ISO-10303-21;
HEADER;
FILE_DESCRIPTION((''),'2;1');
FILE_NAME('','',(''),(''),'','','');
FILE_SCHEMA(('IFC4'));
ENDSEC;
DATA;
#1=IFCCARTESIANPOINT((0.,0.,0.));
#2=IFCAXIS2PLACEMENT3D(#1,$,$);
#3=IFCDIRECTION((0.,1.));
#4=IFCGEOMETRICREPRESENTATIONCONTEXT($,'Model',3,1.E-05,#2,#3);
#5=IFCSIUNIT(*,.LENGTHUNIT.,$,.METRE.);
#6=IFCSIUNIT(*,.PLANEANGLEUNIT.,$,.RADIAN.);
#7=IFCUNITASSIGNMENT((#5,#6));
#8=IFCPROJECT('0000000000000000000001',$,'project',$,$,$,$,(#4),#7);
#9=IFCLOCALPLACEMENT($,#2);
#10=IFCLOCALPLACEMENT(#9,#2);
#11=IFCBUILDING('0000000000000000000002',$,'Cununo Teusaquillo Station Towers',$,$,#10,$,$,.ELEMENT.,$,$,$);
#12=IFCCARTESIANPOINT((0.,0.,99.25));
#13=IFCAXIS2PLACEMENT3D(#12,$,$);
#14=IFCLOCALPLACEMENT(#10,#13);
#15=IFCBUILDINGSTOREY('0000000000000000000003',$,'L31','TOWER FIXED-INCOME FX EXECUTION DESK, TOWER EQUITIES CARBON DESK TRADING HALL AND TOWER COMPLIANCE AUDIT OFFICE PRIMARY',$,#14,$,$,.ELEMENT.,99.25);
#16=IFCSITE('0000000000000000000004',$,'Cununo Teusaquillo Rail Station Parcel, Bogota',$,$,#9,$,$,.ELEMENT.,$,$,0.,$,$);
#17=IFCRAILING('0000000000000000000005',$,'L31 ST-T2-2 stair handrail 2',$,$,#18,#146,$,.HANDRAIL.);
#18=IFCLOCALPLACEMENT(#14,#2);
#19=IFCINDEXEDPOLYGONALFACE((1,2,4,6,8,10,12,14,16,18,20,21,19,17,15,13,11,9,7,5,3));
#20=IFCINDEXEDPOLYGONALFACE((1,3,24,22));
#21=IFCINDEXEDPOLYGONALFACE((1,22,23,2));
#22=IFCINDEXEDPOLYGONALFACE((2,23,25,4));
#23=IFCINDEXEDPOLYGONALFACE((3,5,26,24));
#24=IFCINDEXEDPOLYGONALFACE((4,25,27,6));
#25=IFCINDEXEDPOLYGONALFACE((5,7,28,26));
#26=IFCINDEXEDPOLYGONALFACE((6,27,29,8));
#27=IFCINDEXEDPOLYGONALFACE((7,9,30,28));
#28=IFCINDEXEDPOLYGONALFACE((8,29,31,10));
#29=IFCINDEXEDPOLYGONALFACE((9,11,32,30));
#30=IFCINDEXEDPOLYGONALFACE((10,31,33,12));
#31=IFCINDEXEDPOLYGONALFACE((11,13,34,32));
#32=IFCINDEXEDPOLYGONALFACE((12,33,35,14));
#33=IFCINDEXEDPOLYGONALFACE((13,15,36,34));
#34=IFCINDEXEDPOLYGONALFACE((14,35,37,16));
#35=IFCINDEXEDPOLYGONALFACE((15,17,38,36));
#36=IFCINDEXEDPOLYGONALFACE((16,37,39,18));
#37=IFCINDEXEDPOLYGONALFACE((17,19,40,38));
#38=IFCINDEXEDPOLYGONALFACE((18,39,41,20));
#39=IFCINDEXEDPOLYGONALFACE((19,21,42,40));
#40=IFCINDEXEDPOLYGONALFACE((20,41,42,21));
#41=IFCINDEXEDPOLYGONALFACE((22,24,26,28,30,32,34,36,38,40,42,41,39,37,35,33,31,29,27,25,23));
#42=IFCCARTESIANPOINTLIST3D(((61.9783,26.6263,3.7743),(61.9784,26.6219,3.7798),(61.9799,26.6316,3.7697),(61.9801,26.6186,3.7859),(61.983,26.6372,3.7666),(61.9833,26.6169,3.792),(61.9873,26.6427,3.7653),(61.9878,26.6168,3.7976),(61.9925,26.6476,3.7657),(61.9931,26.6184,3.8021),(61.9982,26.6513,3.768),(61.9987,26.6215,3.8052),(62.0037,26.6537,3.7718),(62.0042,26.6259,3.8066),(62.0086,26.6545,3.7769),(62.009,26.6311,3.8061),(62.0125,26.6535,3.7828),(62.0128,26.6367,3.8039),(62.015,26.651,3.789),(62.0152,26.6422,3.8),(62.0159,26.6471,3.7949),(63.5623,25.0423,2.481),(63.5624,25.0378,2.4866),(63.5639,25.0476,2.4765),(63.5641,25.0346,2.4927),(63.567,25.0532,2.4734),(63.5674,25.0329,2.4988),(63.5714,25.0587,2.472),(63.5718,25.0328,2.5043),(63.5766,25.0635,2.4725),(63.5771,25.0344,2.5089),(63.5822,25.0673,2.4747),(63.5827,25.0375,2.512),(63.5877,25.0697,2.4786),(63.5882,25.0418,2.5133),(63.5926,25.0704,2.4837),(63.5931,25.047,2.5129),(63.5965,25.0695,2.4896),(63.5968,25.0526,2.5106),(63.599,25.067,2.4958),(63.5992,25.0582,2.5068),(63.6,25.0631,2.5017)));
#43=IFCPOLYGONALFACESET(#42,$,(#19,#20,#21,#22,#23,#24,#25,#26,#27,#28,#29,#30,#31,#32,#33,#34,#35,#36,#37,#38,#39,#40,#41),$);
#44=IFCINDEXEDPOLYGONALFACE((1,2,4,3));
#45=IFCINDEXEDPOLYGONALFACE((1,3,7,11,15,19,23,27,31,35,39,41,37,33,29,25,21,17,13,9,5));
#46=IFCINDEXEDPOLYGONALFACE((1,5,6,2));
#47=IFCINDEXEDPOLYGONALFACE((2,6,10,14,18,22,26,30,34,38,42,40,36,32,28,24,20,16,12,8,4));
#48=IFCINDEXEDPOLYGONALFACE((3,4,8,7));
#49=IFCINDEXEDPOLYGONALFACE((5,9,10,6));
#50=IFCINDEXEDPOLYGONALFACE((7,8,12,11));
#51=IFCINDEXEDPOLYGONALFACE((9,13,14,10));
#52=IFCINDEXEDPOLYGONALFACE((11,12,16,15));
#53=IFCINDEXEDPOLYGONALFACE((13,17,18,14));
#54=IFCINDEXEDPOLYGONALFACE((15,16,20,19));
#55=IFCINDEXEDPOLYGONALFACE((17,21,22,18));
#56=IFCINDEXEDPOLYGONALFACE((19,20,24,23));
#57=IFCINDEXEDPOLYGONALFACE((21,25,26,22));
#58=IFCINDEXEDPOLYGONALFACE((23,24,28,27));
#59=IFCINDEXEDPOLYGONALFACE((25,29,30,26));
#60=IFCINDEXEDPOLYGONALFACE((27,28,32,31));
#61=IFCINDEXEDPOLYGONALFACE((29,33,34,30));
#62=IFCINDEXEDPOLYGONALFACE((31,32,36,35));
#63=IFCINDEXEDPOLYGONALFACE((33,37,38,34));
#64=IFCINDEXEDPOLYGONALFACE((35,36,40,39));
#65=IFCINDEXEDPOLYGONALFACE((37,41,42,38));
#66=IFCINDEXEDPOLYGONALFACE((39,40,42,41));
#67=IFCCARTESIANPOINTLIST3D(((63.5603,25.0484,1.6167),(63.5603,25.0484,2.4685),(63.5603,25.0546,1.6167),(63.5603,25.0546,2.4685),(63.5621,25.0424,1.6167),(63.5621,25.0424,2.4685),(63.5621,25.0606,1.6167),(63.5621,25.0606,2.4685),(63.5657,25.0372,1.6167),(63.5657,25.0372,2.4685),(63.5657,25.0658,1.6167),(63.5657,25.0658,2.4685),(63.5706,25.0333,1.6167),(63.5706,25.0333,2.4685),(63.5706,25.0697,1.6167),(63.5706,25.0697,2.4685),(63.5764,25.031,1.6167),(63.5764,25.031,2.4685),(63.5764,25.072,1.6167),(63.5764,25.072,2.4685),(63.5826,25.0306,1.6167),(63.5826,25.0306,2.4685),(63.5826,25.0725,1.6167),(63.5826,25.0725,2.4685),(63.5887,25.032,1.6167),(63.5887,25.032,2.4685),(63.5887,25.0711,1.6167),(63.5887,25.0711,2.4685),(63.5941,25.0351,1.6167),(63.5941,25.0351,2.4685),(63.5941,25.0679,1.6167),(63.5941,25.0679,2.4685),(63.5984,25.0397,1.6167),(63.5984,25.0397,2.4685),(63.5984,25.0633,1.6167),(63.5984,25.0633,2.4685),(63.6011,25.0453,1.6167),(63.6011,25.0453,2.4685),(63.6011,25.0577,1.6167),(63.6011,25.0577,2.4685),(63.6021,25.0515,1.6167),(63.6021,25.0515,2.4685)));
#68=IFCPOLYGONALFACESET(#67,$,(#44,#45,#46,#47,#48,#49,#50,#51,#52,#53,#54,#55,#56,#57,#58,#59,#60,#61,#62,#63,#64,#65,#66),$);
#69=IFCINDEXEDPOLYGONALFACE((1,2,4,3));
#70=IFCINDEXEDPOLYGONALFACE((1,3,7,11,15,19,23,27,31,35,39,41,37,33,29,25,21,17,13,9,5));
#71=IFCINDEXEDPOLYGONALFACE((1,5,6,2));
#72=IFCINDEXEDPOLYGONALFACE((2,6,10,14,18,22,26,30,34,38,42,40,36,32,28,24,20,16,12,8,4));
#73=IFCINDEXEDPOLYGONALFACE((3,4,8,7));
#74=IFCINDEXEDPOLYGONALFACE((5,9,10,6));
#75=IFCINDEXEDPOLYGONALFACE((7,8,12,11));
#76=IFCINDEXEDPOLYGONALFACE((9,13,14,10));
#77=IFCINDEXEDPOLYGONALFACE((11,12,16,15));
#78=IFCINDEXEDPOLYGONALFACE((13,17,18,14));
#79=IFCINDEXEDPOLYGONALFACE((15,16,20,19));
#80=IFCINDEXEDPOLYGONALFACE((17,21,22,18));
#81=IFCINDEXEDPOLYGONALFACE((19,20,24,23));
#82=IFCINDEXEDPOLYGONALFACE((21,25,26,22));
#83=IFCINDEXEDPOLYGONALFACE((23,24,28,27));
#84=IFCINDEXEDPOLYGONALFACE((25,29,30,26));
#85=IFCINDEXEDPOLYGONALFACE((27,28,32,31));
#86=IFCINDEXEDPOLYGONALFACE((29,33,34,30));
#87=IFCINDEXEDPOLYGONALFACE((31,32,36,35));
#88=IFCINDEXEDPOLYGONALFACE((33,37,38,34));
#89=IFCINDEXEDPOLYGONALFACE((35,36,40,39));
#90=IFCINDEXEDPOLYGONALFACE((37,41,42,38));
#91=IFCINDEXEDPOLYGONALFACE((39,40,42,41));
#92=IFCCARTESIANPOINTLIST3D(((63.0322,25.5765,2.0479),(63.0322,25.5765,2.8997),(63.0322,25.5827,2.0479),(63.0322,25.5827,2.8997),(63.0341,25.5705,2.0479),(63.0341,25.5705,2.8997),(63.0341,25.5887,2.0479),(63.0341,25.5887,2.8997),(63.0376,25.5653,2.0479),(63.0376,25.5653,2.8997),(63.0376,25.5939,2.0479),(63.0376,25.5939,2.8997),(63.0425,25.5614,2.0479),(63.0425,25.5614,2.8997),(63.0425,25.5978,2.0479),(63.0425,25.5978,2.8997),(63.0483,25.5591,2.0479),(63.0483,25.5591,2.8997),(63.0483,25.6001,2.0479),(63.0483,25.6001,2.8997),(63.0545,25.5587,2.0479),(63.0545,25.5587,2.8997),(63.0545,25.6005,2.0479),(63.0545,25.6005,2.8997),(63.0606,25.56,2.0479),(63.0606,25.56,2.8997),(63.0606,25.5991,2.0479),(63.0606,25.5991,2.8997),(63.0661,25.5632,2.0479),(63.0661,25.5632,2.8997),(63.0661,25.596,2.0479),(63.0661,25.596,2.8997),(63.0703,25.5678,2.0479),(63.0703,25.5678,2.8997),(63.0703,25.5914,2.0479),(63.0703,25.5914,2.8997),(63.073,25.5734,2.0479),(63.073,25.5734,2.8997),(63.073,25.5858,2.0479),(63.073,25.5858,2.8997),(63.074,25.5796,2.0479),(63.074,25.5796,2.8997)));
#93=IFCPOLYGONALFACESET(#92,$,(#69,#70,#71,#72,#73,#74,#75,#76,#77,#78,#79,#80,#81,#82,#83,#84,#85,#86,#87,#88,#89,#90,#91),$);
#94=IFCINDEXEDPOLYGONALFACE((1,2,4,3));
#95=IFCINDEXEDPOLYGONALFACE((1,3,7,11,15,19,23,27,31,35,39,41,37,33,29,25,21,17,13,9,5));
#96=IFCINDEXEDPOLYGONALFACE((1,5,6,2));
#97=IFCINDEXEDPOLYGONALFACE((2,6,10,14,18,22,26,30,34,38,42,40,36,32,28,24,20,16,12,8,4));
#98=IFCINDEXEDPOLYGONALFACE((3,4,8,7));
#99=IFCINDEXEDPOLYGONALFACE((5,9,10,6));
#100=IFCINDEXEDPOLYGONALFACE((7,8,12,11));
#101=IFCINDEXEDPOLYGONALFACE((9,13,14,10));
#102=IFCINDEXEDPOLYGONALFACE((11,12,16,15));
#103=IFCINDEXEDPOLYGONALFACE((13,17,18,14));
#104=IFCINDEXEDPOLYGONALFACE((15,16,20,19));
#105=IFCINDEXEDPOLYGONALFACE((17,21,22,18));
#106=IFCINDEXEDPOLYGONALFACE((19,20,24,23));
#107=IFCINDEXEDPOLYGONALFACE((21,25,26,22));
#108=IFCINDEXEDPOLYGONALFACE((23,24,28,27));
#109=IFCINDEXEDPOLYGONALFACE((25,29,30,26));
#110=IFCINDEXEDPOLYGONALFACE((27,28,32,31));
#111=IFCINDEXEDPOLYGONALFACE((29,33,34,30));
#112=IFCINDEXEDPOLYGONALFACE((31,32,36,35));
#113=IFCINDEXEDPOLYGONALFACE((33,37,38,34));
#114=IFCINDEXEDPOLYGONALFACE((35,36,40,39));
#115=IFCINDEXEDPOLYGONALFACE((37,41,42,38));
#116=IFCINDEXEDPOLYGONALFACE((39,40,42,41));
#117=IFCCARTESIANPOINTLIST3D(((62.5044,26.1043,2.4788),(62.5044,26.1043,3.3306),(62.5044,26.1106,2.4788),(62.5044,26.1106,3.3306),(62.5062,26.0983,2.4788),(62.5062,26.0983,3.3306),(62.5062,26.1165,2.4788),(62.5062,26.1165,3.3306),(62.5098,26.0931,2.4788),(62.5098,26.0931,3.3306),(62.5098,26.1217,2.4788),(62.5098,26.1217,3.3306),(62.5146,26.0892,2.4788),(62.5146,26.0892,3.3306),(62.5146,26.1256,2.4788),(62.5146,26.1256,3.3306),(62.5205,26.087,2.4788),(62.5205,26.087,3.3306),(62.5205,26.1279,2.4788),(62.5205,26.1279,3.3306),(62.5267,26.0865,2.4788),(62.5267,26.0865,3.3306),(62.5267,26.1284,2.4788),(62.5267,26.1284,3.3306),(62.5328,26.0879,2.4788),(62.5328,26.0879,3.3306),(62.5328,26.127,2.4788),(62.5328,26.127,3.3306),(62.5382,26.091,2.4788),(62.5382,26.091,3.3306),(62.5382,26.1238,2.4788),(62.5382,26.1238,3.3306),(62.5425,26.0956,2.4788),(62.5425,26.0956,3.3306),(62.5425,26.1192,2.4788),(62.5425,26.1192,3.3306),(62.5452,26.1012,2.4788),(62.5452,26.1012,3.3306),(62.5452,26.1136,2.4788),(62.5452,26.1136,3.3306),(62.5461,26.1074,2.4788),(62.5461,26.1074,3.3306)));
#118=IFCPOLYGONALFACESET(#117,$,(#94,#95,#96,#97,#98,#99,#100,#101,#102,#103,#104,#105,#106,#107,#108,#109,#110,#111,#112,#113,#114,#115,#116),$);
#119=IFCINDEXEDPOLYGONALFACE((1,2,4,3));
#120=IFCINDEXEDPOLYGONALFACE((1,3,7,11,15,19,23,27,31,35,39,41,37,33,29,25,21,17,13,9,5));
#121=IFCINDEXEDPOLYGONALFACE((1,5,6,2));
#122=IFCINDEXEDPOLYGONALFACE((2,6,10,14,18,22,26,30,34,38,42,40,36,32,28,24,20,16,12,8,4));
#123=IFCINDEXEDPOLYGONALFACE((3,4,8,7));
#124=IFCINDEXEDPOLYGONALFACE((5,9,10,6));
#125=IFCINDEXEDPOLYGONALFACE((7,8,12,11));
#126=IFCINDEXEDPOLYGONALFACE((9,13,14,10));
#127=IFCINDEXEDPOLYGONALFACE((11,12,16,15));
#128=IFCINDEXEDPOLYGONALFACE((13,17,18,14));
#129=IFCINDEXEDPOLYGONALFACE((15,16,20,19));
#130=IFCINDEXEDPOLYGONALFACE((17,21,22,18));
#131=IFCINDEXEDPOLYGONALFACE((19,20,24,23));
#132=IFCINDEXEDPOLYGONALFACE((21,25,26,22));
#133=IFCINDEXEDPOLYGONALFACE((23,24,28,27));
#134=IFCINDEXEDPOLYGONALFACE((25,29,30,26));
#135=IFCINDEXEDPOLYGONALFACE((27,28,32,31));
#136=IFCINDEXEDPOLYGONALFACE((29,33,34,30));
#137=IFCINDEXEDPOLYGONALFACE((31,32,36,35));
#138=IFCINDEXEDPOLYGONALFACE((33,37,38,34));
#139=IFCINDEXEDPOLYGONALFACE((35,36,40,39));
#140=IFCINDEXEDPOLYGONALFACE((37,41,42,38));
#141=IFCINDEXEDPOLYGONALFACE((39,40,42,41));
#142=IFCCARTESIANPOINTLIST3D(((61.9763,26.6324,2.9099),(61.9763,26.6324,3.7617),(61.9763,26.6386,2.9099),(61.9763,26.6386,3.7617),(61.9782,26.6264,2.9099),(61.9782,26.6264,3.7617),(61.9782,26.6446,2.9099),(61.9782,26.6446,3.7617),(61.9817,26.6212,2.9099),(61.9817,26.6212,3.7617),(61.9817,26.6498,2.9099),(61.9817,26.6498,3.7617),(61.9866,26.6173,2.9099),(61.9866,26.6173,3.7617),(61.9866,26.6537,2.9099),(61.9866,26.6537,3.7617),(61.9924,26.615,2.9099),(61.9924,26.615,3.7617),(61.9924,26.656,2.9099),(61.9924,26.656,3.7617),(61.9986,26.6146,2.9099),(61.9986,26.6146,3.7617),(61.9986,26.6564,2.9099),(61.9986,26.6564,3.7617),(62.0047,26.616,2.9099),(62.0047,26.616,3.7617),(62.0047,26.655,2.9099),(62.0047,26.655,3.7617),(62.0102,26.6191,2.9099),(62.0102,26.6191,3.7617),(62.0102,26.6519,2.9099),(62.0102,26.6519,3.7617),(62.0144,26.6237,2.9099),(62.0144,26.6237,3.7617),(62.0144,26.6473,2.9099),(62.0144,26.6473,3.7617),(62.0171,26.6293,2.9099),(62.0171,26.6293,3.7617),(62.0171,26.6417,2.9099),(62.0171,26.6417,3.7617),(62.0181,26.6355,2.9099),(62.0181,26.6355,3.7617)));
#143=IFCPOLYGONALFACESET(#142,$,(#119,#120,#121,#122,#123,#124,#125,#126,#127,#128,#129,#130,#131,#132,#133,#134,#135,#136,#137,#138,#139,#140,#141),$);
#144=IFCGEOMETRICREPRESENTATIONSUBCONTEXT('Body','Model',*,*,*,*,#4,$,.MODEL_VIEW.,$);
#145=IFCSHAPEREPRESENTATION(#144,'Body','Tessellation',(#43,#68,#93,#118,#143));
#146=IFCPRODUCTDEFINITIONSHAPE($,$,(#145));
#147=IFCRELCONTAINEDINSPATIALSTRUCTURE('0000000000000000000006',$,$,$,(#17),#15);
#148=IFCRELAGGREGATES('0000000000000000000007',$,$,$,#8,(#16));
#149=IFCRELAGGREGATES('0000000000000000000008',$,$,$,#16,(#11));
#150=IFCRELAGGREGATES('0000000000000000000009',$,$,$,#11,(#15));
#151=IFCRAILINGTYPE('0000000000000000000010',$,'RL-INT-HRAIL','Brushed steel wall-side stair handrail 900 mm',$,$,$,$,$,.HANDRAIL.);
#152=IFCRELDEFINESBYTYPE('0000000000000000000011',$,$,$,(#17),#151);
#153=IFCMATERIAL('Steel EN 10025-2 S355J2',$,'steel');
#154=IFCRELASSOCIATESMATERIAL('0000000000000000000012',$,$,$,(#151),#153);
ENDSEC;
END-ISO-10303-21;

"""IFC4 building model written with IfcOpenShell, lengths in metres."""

from ifc_helpers import new_model, si_unit, direction, frame, origin, origin_2d, place, context, subcontext, project, spatial, circle, extrude, material, type_object, element, save


model = new_model("IFC4")

# Units and contexts
model_context = context("Model", 3, precision=1e-05, world=origin(), true_north=direction((0.0, 1.0)))
body_context = subcontext(model_context, "Body", "Model", "MODEL_VIEW")
ifc_project = project(units=[si_unit("LENGTHUNIT", "METRE"), si_unit("PLANEANGLEUNIT", "RADIAN")], contexts=[model_context])

# Site, building, storey
site_placement = place(None, origin())
site = spatial("IfcSite", under=ifc_project, at=site_placement, Name="Cununo Teusaquillo Rail Station Parcel, Bogota", CompositionType="ELEMENT", RefElevation=0.0)
building_placement = place(site_placement, origin())
building = spatial("IfcBuilding", under=site, at=building_placement, Name="Cununo Teusaquillo Station Towers", CompositionType="ELEMENT")
storey_placement = place(building_placement, frame((0.0, 0.0, 99.25)))
storey = spatial("IfcBuildingStorey", under=building, at=storey_placement, Name="L31", Description="TOWER FIXED-INCOME FX EXECUTION DESK, TOWER EQUITIES CARBON DESK TRADING HALL AND TOWER COMPLIANCE AUDIT OFFICE PRIMARY", CompositionType="ELEMENT", Elevation=99.25)

# Railing
ifc_material_1 = material(Name="Steel EN 10025-2 S355J2", Category="steel")
railing_type_1 = type_object("IfcRailingType", Name="RL-INT-HRAIL", Description="Brushed steel wall-side stair handrail 900 mm", PredefinedType="HANDRAIL", material=ifc_material_1)
railing_1_placement = place(storey_placement, frame((63.5811, 25.0515, 1.6167)))
element("IfcRailing", 1, at=railing_1_placement, inside=storey, type_object=railing_type_1, Name="L31 ST-T2-2 stair handrail 2", PredefinedType="HANDRAIL", context=body_context, shape_type="SweptSolid", body=[
    extrude(circle(Radius=0.0239, at=origin_2d()), frame((0.0, 0.0, 0.876), z_axis=(-0.612385, 0.612385, 0.49997), x_axis=(-0.707107, -0.707107, 0.0)), (0.0, 0.0, 1.0), 2.5867),
    extrude(circle(Radius=0.021, at=origin_2d()), origin(), (0.0, 0.0, 1.0), 0.8518),
    extrude(circle(Radius=0.021, at=origin_2d()), frame((-0.5281, 0.5281, 0.4312)), (0.0, 0.0, 1.0), 0.8518),
    extrude(circle(Radius=0.021, at=origin_2d()), frame((-1.0559, 1.0559, 0.8621)), (0.0, 0.0, 1.0), 0.8518),
    extrude(circle(Radius=0.021, at=origin_2d()), frame((-1.584, 1.584, 1.2932)), (0.0, 0.0, 1.0), 0.8518),
])

save(model, "model.ifc")
